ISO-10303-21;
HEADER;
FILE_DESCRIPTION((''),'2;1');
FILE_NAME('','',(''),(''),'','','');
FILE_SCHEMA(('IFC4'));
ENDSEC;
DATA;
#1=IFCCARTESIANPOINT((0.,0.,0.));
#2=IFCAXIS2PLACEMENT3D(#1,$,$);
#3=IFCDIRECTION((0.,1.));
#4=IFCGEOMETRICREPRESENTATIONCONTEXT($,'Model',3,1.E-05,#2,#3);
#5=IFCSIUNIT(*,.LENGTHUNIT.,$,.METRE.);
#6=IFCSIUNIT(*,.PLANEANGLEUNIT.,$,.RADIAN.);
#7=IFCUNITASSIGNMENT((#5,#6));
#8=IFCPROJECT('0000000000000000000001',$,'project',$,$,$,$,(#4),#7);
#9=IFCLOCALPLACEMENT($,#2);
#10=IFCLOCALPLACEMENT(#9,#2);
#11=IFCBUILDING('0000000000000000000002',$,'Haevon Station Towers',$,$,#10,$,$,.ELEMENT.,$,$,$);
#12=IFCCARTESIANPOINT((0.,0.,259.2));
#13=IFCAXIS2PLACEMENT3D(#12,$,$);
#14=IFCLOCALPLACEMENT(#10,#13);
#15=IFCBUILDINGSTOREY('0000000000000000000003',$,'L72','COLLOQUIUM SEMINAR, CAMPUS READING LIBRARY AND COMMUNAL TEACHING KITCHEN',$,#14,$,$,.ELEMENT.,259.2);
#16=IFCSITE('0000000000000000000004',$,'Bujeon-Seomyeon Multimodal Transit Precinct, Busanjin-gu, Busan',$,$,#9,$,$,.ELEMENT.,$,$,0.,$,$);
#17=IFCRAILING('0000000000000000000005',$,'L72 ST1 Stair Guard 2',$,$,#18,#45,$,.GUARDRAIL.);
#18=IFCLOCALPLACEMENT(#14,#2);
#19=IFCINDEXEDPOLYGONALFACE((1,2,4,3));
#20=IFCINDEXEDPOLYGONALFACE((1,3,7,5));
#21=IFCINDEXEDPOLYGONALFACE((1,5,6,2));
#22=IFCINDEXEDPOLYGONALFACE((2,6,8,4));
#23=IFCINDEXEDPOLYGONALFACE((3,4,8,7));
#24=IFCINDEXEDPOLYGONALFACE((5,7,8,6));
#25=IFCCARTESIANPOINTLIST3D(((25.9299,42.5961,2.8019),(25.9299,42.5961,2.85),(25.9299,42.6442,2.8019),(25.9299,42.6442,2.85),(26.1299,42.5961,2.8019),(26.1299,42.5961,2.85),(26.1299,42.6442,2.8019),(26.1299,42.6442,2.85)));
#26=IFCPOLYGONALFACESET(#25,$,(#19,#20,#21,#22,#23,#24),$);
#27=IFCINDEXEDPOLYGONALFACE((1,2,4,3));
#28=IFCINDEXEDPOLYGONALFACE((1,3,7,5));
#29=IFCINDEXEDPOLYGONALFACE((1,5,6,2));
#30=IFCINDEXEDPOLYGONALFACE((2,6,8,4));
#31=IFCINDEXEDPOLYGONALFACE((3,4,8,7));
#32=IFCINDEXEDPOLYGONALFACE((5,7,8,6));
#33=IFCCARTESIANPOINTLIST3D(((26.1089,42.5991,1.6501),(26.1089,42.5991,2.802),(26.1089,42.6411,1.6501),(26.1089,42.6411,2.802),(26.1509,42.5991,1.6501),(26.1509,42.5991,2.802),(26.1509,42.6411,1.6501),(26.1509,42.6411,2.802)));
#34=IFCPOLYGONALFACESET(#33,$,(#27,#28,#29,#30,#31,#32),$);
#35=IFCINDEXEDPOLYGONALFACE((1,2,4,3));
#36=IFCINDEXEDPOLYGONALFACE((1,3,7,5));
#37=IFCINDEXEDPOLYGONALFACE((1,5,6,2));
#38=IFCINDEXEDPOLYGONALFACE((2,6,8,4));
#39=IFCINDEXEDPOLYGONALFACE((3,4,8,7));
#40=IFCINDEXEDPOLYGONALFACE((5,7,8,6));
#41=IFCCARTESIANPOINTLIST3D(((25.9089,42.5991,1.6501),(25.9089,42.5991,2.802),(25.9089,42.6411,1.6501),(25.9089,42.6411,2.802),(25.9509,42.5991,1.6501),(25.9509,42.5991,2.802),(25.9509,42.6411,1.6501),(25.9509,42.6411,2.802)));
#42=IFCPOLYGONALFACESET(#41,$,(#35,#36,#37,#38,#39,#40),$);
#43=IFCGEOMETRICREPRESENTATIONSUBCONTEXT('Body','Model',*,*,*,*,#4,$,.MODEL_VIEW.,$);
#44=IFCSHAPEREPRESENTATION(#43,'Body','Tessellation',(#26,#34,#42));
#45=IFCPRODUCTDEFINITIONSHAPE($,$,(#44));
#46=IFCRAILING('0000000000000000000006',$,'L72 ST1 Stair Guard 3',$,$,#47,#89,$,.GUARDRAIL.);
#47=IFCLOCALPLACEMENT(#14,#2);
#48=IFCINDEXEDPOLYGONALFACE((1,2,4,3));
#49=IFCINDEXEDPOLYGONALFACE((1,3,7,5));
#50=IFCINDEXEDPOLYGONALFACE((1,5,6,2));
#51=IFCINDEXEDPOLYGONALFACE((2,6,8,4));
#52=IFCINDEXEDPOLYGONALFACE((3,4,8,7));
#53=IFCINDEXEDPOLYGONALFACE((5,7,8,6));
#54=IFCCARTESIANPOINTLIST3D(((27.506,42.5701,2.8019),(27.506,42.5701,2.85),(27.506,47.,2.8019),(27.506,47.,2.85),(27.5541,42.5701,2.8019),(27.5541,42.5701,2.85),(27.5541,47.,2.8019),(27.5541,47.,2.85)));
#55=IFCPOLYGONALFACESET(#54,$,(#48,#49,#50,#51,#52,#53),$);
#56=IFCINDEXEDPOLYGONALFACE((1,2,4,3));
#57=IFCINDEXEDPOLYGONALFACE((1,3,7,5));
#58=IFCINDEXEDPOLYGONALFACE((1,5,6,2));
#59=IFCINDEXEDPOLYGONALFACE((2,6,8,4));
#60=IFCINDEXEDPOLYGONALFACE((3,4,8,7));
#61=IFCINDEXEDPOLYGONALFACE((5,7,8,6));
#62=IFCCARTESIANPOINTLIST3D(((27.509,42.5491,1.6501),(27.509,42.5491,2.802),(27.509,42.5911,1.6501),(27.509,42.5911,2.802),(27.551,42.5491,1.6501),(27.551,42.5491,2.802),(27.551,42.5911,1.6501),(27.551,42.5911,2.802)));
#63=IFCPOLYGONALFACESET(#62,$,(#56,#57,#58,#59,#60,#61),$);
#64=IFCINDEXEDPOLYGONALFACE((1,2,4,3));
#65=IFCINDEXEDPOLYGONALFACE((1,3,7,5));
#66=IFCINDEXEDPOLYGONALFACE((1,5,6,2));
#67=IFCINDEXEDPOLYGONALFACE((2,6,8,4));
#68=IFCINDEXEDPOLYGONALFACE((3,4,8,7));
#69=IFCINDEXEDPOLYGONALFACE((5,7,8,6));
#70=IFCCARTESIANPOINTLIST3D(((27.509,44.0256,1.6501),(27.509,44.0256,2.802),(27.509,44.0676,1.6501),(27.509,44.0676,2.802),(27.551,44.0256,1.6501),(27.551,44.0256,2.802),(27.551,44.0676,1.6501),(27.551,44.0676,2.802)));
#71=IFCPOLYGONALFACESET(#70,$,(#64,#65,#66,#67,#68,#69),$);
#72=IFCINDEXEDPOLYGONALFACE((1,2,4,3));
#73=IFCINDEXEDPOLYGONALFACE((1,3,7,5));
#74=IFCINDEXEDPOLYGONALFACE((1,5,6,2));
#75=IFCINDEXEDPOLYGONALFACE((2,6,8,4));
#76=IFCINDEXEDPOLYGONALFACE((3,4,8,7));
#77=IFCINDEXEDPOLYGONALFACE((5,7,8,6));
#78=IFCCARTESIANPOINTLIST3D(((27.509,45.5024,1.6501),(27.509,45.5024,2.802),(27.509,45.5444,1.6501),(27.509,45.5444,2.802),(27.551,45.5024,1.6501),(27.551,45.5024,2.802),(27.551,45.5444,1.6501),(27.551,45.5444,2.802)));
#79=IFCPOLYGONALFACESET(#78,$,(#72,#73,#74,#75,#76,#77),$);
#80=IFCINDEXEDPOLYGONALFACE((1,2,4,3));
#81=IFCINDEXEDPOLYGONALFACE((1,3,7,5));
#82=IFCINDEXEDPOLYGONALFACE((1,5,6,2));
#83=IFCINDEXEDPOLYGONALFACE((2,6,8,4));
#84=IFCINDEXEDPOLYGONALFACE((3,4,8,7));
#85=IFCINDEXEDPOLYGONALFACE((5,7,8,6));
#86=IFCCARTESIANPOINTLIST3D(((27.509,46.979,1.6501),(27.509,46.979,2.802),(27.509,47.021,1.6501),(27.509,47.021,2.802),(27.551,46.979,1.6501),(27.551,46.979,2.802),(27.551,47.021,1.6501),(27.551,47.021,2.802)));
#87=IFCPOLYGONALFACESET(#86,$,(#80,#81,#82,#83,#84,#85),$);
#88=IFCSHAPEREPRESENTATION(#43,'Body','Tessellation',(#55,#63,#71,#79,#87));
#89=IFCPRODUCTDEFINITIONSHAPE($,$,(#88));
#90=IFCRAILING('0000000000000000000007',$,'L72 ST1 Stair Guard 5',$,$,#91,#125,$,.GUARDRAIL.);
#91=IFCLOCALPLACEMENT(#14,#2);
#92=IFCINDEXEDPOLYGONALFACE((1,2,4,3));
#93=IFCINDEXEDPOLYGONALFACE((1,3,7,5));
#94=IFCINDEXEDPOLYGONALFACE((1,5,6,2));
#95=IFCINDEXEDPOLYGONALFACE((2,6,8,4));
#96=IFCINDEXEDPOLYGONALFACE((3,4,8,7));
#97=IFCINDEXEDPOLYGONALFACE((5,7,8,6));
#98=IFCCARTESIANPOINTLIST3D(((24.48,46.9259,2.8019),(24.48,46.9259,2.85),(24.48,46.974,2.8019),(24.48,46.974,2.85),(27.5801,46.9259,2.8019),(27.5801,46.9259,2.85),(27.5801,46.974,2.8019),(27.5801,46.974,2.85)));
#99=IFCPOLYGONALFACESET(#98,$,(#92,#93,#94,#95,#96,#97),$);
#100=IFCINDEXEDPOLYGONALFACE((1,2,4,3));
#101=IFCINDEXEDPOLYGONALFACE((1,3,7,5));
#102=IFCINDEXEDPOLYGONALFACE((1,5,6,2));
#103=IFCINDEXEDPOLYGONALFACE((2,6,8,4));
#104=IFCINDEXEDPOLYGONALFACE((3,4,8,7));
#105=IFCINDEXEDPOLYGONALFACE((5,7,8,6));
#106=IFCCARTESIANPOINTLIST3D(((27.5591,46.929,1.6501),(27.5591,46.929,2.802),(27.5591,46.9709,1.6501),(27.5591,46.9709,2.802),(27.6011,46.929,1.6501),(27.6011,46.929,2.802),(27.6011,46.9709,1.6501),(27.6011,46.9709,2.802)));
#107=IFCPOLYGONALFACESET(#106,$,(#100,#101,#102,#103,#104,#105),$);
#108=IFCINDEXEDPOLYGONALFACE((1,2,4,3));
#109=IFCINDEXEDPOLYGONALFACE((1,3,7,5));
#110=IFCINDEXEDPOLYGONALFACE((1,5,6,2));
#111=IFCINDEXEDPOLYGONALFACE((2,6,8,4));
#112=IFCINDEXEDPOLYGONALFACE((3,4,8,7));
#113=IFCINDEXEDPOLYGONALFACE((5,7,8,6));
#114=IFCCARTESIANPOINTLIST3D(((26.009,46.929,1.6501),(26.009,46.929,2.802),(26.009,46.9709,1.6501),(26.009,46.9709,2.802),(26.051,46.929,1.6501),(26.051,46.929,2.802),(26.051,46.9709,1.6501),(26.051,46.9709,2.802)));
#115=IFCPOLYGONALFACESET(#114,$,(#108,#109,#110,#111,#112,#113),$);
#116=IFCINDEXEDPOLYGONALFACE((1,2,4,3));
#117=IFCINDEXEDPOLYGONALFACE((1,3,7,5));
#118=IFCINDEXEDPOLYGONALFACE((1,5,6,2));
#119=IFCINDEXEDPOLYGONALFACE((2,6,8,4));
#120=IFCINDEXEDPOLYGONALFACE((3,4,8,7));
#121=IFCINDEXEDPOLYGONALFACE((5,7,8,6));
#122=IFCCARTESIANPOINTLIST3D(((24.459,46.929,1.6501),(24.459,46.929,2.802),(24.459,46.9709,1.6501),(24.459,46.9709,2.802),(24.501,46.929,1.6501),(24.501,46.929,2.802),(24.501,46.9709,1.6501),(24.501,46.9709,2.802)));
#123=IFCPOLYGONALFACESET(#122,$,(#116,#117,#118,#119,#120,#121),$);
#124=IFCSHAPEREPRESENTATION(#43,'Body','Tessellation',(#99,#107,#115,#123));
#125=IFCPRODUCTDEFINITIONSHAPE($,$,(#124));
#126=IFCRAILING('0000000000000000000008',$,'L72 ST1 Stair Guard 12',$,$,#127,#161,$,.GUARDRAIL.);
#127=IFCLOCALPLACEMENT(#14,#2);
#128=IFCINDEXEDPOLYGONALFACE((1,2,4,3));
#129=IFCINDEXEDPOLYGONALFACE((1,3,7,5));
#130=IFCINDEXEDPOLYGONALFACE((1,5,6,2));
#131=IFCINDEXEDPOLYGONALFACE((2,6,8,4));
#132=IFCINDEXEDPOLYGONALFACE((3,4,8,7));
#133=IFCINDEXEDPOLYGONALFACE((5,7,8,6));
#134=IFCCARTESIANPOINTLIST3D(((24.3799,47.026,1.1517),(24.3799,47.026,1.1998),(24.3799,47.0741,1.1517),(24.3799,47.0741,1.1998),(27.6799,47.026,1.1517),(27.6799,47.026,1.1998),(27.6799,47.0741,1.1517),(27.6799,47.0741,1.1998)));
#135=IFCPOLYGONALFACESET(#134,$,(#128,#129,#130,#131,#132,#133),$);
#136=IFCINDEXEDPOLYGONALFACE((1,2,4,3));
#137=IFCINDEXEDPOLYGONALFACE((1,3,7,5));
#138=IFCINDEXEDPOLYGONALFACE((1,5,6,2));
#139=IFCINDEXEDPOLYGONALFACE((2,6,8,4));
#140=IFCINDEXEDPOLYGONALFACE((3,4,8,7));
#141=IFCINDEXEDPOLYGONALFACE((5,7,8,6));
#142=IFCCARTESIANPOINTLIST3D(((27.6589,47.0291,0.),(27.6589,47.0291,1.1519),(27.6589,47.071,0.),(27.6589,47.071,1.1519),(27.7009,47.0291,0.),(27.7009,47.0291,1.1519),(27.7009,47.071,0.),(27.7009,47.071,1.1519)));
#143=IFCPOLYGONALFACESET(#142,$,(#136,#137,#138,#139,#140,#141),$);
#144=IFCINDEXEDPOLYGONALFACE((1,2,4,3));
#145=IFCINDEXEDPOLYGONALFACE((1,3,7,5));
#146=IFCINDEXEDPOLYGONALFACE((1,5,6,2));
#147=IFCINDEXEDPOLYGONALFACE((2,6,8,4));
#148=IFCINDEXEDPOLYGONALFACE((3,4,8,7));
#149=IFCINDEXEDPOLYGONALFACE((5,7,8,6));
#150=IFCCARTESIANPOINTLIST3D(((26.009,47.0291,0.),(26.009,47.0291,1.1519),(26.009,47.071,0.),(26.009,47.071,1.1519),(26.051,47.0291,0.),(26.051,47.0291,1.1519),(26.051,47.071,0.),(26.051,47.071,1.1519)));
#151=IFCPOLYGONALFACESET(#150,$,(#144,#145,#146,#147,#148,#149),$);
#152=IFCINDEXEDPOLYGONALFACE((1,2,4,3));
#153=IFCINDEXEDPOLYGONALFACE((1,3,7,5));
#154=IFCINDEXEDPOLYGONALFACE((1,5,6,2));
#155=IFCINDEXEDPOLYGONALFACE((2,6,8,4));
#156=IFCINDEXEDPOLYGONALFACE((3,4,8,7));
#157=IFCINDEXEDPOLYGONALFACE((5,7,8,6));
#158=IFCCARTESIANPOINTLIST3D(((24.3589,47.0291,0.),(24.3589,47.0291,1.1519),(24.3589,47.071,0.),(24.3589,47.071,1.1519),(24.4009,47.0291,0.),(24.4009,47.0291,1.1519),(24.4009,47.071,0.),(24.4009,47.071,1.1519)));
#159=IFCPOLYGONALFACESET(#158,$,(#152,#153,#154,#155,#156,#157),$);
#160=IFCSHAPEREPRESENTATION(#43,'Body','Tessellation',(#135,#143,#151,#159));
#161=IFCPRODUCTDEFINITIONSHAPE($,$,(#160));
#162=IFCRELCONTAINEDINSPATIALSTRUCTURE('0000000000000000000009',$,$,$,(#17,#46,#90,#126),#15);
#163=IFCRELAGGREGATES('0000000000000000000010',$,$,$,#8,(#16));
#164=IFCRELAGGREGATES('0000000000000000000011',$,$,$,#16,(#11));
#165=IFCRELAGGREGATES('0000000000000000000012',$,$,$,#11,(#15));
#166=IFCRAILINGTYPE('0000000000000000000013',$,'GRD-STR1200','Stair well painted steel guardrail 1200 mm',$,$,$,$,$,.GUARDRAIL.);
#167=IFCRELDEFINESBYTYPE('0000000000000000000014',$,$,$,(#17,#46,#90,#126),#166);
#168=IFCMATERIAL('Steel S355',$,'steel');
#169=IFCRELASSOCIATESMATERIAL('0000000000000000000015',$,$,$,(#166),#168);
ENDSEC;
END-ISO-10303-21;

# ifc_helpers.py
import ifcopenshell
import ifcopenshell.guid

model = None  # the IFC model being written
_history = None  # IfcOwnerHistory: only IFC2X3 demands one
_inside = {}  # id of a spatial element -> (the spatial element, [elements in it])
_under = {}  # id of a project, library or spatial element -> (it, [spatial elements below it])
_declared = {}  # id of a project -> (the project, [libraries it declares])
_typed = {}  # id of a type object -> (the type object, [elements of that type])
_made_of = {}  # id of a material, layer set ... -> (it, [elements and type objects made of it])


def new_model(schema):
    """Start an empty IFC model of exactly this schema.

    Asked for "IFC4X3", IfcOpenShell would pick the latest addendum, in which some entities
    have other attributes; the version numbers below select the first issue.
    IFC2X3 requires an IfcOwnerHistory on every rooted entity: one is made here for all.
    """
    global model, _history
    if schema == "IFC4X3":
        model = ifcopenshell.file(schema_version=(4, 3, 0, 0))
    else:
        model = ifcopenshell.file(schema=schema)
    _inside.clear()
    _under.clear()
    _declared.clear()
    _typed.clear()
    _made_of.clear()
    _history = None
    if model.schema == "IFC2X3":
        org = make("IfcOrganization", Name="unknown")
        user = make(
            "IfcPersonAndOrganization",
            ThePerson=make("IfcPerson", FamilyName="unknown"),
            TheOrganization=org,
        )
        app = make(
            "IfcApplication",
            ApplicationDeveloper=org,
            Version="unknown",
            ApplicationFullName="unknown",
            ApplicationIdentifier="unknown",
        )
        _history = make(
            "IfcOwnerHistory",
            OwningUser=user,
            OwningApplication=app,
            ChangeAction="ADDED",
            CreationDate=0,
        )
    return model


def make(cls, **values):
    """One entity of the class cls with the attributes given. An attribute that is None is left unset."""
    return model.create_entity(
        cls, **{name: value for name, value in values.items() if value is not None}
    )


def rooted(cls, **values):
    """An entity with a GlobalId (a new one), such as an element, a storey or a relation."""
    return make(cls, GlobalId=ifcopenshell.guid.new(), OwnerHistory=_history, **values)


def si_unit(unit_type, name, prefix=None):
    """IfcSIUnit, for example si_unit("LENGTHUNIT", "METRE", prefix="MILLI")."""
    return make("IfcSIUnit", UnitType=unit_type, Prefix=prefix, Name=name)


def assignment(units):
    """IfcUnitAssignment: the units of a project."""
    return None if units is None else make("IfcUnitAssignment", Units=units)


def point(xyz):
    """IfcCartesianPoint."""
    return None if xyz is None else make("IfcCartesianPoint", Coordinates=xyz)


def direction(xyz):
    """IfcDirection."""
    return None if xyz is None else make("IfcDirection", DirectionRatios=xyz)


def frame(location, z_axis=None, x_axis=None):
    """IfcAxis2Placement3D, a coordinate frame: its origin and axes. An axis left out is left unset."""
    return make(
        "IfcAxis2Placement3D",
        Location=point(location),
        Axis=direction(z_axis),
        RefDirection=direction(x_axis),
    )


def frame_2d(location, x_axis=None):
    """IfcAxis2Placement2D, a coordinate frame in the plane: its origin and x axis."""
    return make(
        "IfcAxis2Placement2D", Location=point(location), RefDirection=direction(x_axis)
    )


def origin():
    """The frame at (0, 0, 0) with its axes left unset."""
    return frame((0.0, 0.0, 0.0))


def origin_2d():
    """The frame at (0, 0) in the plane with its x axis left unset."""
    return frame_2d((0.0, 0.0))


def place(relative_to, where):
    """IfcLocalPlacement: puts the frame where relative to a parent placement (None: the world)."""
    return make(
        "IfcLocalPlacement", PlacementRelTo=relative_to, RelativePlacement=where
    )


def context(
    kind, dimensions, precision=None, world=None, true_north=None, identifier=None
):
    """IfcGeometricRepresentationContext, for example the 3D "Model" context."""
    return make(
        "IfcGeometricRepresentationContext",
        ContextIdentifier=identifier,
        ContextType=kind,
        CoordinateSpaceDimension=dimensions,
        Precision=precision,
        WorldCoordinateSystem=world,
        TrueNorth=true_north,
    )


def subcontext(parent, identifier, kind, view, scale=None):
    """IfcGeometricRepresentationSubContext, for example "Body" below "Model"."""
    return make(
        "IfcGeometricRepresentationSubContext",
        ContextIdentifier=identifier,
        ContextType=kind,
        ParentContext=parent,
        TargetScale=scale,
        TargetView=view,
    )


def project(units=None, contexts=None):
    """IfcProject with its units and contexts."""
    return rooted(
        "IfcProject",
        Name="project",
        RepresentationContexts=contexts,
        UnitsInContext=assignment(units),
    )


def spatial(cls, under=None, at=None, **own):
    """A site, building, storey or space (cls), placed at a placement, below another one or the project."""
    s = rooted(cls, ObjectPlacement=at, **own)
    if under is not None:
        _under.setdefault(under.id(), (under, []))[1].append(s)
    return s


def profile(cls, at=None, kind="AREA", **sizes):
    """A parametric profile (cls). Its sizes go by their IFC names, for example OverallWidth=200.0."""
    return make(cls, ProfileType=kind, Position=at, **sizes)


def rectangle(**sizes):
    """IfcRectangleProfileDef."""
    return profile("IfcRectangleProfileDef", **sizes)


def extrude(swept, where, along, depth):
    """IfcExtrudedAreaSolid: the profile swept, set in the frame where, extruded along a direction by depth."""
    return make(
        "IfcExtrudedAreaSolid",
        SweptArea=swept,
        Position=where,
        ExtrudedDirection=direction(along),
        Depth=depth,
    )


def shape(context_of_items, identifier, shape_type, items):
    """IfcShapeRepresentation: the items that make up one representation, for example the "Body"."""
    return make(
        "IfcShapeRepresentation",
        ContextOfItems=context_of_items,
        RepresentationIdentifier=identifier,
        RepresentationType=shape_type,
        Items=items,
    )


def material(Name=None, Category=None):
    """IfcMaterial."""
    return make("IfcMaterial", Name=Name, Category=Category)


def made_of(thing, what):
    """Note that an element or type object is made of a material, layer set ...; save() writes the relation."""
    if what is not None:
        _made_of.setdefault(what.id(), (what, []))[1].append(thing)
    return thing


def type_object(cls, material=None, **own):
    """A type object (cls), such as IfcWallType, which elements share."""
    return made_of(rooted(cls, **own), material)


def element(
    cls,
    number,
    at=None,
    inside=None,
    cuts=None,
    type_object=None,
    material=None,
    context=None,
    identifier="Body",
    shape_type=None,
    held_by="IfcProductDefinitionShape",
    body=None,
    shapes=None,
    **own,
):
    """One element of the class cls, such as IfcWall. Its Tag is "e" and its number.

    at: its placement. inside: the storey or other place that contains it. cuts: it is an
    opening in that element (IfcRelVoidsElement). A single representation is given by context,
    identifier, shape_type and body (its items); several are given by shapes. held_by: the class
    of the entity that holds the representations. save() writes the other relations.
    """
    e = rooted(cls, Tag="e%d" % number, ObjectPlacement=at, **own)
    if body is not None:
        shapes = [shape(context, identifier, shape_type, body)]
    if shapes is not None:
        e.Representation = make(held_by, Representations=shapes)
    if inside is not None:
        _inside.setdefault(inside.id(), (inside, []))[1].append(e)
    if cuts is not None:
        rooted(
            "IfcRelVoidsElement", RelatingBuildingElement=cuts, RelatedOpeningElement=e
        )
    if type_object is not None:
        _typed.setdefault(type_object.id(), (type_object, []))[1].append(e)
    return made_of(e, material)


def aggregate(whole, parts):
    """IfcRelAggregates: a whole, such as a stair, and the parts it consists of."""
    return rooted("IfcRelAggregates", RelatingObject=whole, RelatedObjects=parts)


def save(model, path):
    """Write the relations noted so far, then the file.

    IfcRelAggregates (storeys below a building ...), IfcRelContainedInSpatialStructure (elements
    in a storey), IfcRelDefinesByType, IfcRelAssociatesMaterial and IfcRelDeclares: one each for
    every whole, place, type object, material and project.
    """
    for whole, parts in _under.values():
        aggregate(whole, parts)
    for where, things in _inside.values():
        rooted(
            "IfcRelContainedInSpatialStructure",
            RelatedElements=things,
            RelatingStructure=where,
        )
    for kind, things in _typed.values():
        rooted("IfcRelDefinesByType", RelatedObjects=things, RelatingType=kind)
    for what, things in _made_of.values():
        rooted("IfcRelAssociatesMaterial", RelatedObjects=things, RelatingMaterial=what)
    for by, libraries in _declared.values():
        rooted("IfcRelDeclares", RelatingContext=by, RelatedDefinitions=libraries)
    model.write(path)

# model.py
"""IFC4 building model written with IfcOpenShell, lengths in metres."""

from ifc_helpers import new_model, si_unit, direction, frame, origin, origin_2d, place, context, subcontext, project, spatial, rectangle, extrude, material, type_object, element, save


model = new_model("IFC4")

# Units and contexts
model_context = context("Model", 3, precision=1e-05, world=origin(), true_north=direction((0.0, 1.0)))
body_context = subcontext(model_context, "Body", "Model", "MODEL_VIEW")
ifc_project = project(units=[si_unit("LENGTHUNIT", "METRE"), si_unit("PLANEANGLEUNIT", "RADIAN")], contexts=[model_context])

# Site, building, storey
site_placement = place(None, origin())
site = spatial("IfcSite", under=ifc_project, at=site_placement, Name="Bujeon-Seomyeon Multimodal Transit Precinct, Busanjin-gu, Busan", CompositionType="ELEMENT", RefElevation=0.0)
building_placement = place(site_placement, origin())
building = spatial("IfcBuilding", under=site, at=building_placement, Name="Haevon Station Towers", CompositionType="ELEMENT")
storey_placement = place(building_placement, frame((0.0, 0.0, 259.2)))
storey = spatial("IfcBuildingStorey", under=building, at=storey_placement, Name="L72", Description="COLLOQUIUM SEMINAR, CAMPUS READING LIBRARY AND COMMUNAL TEACHING KITCHEN", CompositionType="ELEMENT", Elevation=259.2)

# Shared definitions
ifc_material_1 = material(Name="Steel S355", Category="steel")

# Railings
railing_type = type_object("IfcRailingType", Name="GRD-STR1200", Description="Stair well painted steel guardrail 1200 mm", PredefinedType="GUARDRAIL", material=ifc_material_1)
railing_1_placement = place(storey_placement, frame((26.1299, 42.6201, 1.6501)))
element("IfcRailing", 1, at=railing_1_placement, inside=storey, type_object=railing_type, Name="L72 ST1 Stair Guard 2", PredefinedType="GUARDRAIL", context=body_context, shape_type="SweptSolid", body=[
    extrude(rectangle(XDim=0.0481, YDim=0.0481, at=origin_2d()), frame((0.0, 0.0, 1.1758), z_axis=(-1.0, 0.0, 0.0), x_axis=(0.0, -1.0, 0.0)), (0.0, 0.0, 1.0), 0.2),
    extrude(rectangle(XDim=0.042, YDim=0.042, at=origin_2d()), origin(), (0.0, 0.0, 1.0), 1.1519),
    extrude(rectangle(XDim=0.042, YDim=0.042, at=origin_2d()), frame((-0.2, 0.0, 0.0)), (0.0, 0.0, 1.0), 1.1519),
])
railing_2_placement = place(storey_placement, frame((27.53, 42.5701, 1.6501)))
element("IfcRailing", 2, at=railing_2_placement, inside=storey, type_object=railing_type, Name="L72 ST1 Stair Guard 3", PredefinedType="GUARDRAIL", context=body_context, shape_type="SweptSolid", body=[
    extrude(rectangle(XDim=0.0481, YDim=0.0481, at=origin_2d()), frame((0.0, 0.0, 1.1758), z_axis=(0.0, 1.0, 0.0), x_axis=(-1.0, 0.0, 0.0)), (0.0, 0.0, 1.0), 4.4299),
    extrude(rectangle(XDim=0.042, YDim=0.042, at=origin_2d()), origin(), (0.0, 0.0, 1.0), 1.1519),
    extrude(rectangle(XDim=0.042, YDim=0.042, at=origin_2d()), frame((0.0, 1.4766, 0.0)), (0.0, 0.0, 1.0), 1.1519),
    extrude(rectangle(XDim=0.042, YDim=0.042, at=origin_2d()), frame((0.0, 2.9534, 0.0)), (0.0, 0.0, 1.0), 1.1519),
    extrude(rectangle(XDim=0.042, YDim=0.042, at=origin_2d()), frame((0.0, 4.4299, 0.0)), (0.0, 0.0, 1.0), 1.1519),
])
railing_3_placement = place(storey_placement, frame((27.5801, 46.95, 1.6501)))
element("IfcRailing", 3, at=railing_3_placement, inside=storey, type_object=railing_type, Name="L72 ST1 Stair Guard 5", PredefinedType="GUARDRAIL", context=body_context, shape_type="SweptSolid", body=[
    extrude(rectangle(XDim=0.0481, YDim=0.0481, at=origin_2d()), frame((0.0, 0.0, 1.1758), z_axis=(-1.0, 0.0, 0.0), x_axis=(0.0, -1.0, 0.0)), (0.0, 0.0, 1.0), 3.1001),
    extrude(rectangle(XDim=0.042, YDim=0.042, at=origin_2d()), origin(), (0.0, 0.0, 1.0), 1.1519),
    extrude(rectangle(XDim=0.042, YDim=0.042, at=origin_2d()), frame((-1.55, 0.0, 0.0)), (0.0, 0.0, 1.0), 1.1519),
    extrude(rectangle(XDim=0.042, YDim=0.042, at=origin_2d()), frame((-3.1001, 0.0, 0.0)), (0.0, 0.0, 1.0), 1.1519),
])
railing_4_placement = place(storey_placement, frame((27.6799, 47.05, 0.0)))
element("IfcRailing", 4, at=railing_4_placement, inside=storey, type_object=railing_type, Name="L72 ST1 Stair Guard 12", PredefinedType="GUARDRAIL", context=body_context, shape_type="SweptSolid", body=[
    extrude(rectangle(XDim=0.0481, YDim=0.0481, at=origin_2d()), frame((0.0, 0.0, 1.1758), z_axis=(-1.0, 0.0, 0.0), x_axis=(0.0, -1.0, 0.0)), (0.0, 0.0, 1.0), 3.3),
    extrude(rectangle(XDim=0.042, YDim=0.042, at=origin_2d()), origin(), (0.0, 0.0, 1.0), 1.1519),
    extrude(rectangle(XDim=0.042, YDim=0.042, at=origin_2d()), frame((-1.6499, 0.0, 0.0)), (0.0, 0.0, 1.0), 1.1519),
    extrude(rectangle(XDim=0.042, YDim=0.042, at=origin_2d()), frame((-3.3, 0.0, 0.0)), (0.0, 0.0, 1.0), 1.1519),
])

save(model, "model.ifc")
